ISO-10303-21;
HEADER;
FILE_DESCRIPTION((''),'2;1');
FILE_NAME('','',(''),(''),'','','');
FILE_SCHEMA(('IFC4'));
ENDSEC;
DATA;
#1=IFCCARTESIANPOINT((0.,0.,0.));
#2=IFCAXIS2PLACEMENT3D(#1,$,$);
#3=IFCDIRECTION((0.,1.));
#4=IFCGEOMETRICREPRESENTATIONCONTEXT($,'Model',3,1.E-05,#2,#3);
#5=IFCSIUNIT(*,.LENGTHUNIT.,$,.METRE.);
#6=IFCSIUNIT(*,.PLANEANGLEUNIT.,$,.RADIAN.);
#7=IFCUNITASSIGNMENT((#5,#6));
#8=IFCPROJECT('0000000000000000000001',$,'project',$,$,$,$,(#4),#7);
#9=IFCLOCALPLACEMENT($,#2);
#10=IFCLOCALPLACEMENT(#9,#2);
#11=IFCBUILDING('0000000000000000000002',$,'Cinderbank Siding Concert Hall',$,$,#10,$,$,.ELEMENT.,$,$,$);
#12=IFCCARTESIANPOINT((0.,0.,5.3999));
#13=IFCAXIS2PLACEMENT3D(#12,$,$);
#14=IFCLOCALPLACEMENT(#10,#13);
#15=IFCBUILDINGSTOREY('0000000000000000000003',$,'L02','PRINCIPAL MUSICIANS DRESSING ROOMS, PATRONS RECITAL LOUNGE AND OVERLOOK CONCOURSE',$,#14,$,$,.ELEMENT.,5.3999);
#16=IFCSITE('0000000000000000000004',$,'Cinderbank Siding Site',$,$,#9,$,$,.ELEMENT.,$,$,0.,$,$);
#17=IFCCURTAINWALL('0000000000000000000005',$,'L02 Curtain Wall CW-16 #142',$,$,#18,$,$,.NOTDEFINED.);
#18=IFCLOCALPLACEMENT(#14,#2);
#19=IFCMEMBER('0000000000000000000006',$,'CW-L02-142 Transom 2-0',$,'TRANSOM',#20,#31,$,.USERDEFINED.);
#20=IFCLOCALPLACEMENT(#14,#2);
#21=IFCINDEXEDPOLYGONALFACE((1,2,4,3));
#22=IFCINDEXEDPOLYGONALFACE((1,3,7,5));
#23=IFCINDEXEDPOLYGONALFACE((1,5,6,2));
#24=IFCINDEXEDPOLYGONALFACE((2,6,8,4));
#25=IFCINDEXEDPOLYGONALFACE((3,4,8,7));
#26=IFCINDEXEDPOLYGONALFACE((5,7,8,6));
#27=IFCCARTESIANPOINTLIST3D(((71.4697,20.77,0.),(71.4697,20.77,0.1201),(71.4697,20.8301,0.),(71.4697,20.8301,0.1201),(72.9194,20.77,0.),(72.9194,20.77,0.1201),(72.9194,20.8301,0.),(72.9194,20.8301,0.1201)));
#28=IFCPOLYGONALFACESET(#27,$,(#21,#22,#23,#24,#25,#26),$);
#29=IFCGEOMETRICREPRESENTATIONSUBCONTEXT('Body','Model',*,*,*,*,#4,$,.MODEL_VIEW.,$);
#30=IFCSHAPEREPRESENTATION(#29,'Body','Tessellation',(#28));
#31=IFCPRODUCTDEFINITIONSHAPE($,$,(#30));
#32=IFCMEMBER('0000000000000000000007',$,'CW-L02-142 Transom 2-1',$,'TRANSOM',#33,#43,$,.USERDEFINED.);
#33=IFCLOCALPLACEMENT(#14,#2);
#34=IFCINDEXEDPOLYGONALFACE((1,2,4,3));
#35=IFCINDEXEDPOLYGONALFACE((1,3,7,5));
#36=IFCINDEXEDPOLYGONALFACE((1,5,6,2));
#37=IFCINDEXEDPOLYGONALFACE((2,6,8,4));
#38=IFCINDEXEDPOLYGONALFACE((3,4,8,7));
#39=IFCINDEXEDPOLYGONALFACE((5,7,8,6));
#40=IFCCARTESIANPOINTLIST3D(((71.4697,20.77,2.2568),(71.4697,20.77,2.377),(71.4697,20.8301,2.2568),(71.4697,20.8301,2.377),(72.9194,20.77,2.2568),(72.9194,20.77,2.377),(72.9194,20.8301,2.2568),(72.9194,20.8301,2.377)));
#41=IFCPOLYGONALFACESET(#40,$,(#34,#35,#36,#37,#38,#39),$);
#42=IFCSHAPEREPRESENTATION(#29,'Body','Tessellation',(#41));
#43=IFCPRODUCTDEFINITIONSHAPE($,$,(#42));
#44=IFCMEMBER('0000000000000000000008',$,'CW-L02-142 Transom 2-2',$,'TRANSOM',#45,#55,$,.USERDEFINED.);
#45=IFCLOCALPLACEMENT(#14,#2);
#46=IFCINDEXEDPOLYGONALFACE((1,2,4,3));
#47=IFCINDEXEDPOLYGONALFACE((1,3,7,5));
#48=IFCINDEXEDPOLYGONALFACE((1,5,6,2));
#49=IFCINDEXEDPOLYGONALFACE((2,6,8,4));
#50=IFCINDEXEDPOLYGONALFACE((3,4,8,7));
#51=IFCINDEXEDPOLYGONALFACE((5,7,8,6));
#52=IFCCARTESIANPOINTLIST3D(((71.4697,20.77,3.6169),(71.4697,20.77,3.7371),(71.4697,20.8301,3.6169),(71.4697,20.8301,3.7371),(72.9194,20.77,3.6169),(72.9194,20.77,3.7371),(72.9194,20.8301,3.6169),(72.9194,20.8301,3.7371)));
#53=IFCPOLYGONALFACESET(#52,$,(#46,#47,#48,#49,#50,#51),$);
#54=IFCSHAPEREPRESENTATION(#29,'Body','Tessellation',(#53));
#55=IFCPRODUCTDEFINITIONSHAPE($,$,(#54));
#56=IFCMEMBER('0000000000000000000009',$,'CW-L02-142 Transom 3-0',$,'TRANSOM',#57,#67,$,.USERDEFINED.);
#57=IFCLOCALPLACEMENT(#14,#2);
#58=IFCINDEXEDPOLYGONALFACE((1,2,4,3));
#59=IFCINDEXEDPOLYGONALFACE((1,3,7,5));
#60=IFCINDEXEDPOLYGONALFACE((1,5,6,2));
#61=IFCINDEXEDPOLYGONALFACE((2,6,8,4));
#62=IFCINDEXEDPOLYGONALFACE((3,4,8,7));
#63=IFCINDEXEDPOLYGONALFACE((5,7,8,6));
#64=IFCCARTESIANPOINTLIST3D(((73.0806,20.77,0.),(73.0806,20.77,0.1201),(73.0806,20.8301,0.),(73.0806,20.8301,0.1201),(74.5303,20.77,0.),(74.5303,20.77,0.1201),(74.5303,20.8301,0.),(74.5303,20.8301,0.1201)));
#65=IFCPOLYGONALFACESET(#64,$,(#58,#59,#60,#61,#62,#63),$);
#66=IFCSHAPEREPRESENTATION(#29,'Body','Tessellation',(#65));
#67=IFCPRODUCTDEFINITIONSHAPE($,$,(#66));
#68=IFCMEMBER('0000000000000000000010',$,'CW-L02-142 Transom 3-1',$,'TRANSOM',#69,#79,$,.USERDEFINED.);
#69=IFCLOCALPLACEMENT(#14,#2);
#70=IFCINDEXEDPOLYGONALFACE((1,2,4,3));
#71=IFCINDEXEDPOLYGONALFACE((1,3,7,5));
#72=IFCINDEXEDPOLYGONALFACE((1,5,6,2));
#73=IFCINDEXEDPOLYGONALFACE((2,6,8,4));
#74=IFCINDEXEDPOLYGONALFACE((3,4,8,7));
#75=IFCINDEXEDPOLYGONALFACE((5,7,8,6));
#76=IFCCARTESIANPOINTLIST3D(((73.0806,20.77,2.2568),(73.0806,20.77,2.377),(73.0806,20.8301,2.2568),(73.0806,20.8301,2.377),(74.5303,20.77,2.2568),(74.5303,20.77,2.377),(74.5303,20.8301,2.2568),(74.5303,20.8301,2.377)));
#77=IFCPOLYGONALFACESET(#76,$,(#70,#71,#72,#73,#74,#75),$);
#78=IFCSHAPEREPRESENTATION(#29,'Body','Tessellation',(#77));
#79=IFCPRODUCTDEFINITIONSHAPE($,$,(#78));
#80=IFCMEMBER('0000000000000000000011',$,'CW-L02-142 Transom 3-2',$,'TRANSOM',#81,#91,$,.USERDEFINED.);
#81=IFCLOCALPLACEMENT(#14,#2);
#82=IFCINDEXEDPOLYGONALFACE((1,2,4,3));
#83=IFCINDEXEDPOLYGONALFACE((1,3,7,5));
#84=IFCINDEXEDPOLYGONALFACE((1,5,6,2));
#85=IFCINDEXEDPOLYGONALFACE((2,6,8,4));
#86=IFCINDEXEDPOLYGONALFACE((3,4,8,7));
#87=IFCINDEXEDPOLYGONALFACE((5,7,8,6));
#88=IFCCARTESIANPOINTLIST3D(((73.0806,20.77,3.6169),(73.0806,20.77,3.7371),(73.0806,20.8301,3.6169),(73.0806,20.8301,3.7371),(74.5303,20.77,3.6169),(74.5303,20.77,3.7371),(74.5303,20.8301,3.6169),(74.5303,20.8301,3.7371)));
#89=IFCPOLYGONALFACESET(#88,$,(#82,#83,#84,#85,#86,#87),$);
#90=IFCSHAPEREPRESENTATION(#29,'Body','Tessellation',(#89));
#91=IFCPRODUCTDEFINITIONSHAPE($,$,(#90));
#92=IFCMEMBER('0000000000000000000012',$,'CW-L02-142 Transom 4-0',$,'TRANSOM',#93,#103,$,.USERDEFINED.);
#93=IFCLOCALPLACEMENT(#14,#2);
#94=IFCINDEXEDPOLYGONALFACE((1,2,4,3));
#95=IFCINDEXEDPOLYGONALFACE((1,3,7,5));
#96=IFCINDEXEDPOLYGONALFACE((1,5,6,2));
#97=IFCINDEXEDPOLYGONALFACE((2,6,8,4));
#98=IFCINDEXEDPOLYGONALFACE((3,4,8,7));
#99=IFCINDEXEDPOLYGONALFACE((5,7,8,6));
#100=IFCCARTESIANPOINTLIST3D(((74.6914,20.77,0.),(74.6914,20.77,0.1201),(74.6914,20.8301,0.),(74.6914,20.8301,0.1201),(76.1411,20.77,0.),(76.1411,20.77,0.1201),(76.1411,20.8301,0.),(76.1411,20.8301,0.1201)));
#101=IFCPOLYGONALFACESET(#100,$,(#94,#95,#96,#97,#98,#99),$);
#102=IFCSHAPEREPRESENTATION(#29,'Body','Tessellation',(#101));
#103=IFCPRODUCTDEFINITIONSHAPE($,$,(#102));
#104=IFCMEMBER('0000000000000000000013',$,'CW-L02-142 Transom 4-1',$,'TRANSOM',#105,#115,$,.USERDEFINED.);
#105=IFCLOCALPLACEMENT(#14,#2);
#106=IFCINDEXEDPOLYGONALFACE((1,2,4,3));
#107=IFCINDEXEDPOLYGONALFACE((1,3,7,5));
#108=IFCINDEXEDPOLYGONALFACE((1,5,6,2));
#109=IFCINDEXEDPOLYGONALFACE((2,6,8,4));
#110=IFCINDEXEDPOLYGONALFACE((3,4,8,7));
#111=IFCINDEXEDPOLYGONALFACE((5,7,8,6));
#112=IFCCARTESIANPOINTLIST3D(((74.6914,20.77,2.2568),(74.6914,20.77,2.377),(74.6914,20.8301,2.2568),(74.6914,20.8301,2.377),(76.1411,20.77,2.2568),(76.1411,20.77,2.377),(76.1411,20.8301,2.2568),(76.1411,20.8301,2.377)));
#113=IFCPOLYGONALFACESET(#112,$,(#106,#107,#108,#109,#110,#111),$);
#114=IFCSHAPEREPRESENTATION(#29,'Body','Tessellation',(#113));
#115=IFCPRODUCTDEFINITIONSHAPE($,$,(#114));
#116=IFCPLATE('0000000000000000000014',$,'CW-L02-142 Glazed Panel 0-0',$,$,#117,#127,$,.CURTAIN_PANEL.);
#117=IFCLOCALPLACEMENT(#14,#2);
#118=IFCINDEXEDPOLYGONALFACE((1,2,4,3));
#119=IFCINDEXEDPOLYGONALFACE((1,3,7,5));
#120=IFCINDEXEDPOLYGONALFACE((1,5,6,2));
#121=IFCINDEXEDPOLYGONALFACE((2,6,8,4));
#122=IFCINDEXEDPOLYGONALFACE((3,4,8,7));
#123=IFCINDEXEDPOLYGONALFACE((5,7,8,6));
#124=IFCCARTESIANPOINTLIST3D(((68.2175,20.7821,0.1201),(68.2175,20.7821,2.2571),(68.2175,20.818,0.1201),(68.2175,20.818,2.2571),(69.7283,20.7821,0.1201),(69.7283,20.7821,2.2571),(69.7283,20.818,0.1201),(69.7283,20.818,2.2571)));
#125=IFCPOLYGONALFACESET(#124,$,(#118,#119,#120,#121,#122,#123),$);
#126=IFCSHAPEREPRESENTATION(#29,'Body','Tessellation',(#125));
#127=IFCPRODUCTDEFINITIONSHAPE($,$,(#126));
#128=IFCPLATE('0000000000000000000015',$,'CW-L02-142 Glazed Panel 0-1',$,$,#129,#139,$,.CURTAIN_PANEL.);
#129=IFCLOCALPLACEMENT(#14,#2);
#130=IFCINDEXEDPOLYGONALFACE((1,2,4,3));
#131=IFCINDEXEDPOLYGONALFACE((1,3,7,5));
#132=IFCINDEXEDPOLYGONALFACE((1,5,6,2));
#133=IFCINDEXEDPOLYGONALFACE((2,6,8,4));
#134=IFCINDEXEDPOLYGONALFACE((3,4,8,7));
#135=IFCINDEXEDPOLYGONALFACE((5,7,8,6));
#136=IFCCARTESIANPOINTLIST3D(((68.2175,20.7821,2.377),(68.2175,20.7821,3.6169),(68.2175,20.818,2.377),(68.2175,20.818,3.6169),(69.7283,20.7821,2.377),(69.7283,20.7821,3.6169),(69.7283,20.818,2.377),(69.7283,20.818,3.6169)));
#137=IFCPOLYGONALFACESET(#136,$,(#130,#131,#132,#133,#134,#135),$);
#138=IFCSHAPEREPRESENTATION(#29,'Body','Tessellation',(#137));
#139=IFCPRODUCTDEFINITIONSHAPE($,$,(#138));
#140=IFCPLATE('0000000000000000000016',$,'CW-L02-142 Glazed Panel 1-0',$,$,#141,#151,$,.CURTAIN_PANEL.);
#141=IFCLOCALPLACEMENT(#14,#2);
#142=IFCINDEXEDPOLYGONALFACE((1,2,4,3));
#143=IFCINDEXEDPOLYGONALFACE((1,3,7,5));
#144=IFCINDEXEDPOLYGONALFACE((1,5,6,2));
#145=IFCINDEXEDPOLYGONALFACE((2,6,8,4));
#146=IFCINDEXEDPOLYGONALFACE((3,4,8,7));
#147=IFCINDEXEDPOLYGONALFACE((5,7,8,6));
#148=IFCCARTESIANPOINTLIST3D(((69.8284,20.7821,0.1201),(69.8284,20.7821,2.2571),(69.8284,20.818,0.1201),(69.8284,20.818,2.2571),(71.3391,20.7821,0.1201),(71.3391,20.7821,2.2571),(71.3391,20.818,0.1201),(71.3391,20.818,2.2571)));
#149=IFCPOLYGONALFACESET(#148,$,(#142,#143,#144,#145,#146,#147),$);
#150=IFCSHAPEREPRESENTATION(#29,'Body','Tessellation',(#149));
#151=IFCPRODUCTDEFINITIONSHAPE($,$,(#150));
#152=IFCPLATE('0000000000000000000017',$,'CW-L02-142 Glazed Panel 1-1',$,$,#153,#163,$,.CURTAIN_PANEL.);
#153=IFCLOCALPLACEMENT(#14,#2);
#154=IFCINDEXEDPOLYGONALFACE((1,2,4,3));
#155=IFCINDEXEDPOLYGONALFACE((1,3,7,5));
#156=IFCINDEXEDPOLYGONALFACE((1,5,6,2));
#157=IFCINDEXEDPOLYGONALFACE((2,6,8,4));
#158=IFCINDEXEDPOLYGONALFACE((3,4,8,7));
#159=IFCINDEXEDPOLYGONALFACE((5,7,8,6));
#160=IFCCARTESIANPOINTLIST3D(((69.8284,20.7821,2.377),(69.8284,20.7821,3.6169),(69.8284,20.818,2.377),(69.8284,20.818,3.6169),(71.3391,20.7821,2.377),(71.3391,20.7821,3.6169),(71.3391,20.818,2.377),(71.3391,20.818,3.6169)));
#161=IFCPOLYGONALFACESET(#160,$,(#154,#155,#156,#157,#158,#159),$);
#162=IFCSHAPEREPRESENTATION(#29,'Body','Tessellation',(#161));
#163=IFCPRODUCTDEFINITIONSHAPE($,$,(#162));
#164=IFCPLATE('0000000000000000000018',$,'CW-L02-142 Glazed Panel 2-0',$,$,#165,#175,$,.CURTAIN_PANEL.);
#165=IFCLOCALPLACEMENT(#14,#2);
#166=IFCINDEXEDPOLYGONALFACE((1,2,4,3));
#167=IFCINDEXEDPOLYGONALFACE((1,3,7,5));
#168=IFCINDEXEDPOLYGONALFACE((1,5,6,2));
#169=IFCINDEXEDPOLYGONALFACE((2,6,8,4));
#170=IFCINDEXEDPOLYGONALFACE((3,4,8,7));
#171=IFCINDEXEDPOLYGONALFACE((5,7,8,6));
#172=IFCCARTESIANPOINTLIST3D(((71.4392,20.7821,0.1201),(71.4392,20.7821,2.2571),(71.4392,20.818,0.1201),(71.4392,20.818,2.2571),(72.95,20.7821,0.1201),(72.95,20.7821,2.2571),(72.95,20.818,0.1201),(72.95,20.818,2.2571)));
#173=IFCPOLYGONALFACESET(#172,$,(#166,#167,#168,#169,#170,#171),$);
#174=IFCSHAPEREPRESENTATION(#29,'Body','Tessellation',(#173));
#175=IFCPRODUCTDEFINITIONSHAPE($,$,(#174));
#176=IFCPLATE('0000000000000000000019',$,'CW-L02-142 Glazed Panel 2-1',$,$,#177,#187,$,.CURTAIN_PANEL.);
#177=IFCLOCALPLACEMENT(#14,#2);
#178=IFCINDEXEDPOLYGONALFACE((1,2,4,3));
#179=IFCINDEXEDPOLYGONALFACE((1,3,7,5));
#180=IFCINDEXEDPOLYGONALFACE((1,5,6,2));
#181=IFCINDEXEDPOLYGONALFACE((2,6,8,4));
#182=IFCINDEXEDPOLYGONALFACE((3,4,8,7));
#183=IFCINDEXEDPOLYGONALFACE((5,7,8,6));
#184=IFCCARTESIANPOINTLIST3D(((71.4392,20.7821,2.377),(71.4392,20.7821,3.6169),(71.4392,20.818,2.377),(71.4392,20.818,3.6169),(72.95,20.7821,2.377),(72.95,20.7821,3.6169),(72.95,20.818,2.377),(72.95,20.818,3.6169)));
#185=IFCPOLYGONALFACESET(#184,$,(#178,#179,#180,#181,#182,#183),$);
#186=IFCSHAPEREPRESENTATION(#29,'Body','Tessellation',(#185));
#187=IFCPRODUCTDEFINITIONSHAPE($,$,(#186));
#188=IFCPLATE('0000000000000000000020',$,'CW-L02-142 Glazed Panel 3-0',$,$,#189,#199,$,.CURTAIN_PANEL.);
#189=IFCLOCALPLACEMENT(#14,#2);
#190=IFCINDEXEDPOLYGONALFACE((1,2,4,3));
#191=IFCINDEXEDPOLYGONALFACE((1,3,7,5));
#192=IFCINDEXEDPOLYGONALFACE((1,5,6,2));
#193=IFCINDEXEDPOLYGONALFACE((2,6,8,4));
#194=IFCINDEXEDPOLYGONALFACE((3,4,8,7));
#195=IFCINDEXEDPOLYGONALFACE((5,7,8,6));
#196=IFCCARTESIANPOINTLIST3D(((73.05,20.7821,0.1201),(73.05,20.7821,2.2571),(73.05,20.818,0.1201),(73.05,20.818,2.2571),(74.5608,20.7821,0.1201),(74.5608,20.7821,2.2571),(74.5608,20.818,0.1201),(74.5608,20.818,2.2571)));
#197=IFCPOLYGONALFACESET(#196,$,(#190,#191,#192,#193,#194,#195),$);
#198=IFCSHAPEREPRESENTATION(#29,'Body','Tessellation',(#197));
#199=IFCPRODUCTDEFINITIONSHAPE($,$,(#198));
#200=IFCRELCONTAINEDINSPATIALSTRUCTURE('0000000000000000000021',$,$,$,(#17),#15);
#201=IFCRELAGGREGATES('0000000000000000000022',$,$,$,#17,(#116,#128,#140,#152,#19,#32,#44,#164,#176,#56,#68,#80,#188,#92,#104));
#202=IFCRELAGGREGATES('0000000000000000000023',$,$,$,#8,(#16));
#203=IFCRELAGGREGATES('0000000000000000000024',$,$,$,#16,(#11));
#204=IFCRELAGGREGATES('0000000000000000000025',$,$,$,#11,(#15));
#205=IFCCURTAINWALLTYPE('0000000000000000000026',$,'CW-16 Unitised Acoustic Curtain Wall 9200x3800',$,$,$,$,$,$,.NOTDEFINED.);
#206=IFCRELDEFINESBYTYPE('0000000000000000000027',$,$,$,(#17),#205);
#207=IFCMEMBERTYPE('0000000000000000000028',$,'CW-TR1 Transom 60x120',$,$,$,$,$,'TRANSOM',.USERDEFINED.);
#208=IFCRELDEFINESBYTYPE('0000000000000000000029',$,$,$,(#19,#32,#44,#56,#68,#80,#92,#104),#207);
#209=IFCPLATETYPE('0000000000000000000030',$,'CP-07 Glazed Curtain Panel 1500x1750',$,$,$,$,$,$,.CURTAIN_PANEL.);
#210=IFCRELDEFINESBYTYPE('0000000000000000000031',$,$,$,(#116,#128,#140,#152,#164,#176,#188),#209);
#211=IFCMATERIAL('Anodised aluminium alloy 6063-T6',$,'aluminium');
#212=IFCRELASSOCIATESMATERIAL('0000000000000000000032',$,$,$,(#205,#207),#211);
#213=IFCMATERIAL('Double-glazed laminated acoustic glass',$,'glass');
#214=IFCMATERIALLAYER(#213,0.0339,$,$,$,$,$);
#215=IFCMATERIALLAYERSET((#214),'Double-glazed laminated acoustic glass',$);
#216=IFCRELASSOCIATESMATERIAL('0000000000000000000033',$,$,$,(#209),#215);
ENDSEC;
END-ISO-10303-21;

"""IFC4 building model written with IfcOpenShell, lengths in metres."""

from ifc_helpers import new_model, si_unit, direction, frame, origin, origin_2d, place, context, subcontext, project, spatial, rectangle, extrude, material, layer, layer_set, material_profile, profile_set, type_object, element, aggregate, save


model = new_model("IFC4")

# Units and contexts
model_context = context("Model", 3, precision=1e-05, world=origin(), true_north=direction((0.0, 1.0)))
body_context = subcontext(model_context, "Body", "Model", "MODEL_VIEW")
ifc_project = project(units=[si_unit("LENGTHUNIT", "METRE"), si_unit("PLANEANGLEUNIT", "RADIAN")], contexts=[model_context])

# Site, building, storey
site_placement = place(None, origin())
site = spatial("IfcSite", under=ifc_project, at=site_placement, Name="Cinderbank Siding Site", CompositionType="ELEMENT", RefElevation=0.0)
building_placement = place(site_placement, origin())
building = spatial("IfcBuilding", under=site, at=building_placement, Name="Cinderbank Siding Concert Hall", CompositionType="ELEMENT")
storey_placement = place(building_placement, frame((0.0, 0.0, 5.3999)))
storey = spatial("IfcBuildingStorey", under=building, at=storey_placement, Name="L02", Description="PRINCIPAL MUSICIANS DRESSING ROOMS, PATRONS RECITAL LOUNGE AND OVERLOOK CONCOURSE", CompositionType="ELEMENT", Elevation=5.3999)

# Curtain wall, members, plates
ifc_material_1 = material(Name="Anodised aluminium alloy 6063-T6", Category="aluminium")
curtain_wall_type = type_object("IfcCurtainWallType", Name="CW-16 Unitised Acoustic Curtain Wall 9200x3800", PredefinedType="NOTDEFINED", material=ifc_material_1)
curtain_wall_placement = place(storey_placement, origin())
curtain_wall = element("IfcCurtainWall", 1, at=curtain_wall_placement, inside=storey, type_object=curtain_wall_type, Name="L02 Curtain Wall CW-16 #142", PredefinedType="NOTDEFINED")
ifc_material_profile_1 = material_profile(ifc_material_1, rectangle(XDim=0.0601, YDim=0.1201, at=origin_2d()), Name="ALU-TRAN-60x120", Category="LoadBearing")
ifc_profile_set_1 = profile_set([ifc_material_profile_1], Name="Anodised aluminium alloy 6063-T6")
member_type_1 = type_object("IfcMemberType", Name="CW-TR1 Transom 60x120", ElementType="TRANSOM", PredefinedType="USERDEFINED", material=ifc_profile_set_1)
member_1_placement = place(storey_placement, frame((71.4697, 20.8, 0.0601), z_axis=(1.0, 0.0, 0.0), x_axis=(0.0, 1.0, 0.0)))
member_1 = element("IfcMember", 2, at=member_1_placement, type_object=member_type_1, Name="CW-L02-142 Transom 2-0", ObjectType="TRANSOM", PredefinedType="USERDEFINED", context=body_context, shape_type="SweptSolid", body=[
    extrude(rectangle(XDim=0.0601, YDim=0.1201, at=origin_2d()), origin(), (0.0, 0.0, 1.0), 1.4497),
])
member_2_placement = place(storey_placement, frame((71.4697, 20.8, 2.3169), z_axis=(1.0, 0.0, 0.0), x_axis=(0.0, 1.0, 0.0)))
member_2 = element("IfcMember", 3, at=member_2_placement, type_object=member_type_1, Name="CW-L02-142 Transom 2-1", ObjectType="TRANSOM", PredefinedType="USERDEFINED", context=body_context, shape_type="SweptSolid", body=[
    extrude(rectangle(XDim=0.0601, YDim=0.1201, at=origin_2d()), origin(), (0.0, 0.0, 1.0), 1.4497),
])
member_3_placement = place(storey_placement, frame((71.4697, 20.8, 3.677), z_axis=(1.0, 0.0, 0.0), x_axis=(0.0, 1.0, 0.0)))
member_3 = element("IfcMember", 4, at=member_3_placement, type_object=member_type_1, Name="CW-L02-142 Transom 2-2", ObjectType="TRANSOM", PredefinedType="USERDEFINED", context=body_context, shape_type="SweptSolid", body=[
    extrude(rectangle(XDim=0.0601, YDim=0.1201, at=origin_2d()), origin(), (0.0, 0.0, 1.0), 1.4497),
])
member_4_placement = place(storey_placement, frame((73.0806, 20.8, 0.0601), z_axis=(1.0, 0.0, 0.0), x_axis=(0.0, 1.0, 0.0)))
member_4 = element("IfcMember", 5, at=member_4_placement, type_object=member_type_1, Name="CW-L02-142 Transom 3-0", ObjectType="TRANSOM", PredefinedType="USERDEFINED", context=body_context, shape_type="SweptSolid", body=[
    extrude(rectangle(XDim=0.0601, YDim=0.1201, at=origin_2d()), origin(), (0.0, 0.0, 1.0), 1.4497),
])
member_5_placement = place(storey_placement, frame((73.0806, 20.8, 2.3169), z_axis=(1.0, 0.0, 0.0), x_axis=(0.0, 1.0, 0.0)))
member_5 = element("IfcMember", 6, at=member_5_placement, type_object=member_type_1, Name="CW-L02-142 Transom 3-1", ObjectType="TRANSOM", PredefinedType="USERDEFINED", context=body_context, shape_type="SweptSolid", body=[
    extrude(rectangle(XDim=0.0601, YDim=0.1201, at=origin_2d()), origin(), (0.0, 0.0, 1.0), 1.4497),
])
member_6_placement = place(storey_placement, frame((73.0806, 20.8, 3.677), z_axis=(1.0, 0.0, 0.0), x_axis=(0.0, 1.0, 0.0)))
member_6 = element("IfcMember", 7, at=member_6_placement, type_object=member_type_1, Name="CW-L02-142 Transom 3-2", ObjectType="TRANSOM", PredefinedType="USERDEFINED", context=body_context, shape_type="SweptSolid", body=[
    extrude(rectangle(XDim=0.0601, YDim=0.1201, at=origin_2d()), origin(), (0.0, 0.0, 1.0), 1.4497),
])
member_7_placement = place(storey_placement, frame((74.6914, 20.8, 0.0601), z_axis=(1.0, 0.0, 0.0), x_axis=(0.0, 1.0, 0.0)))
member_7 = element("IfcMember", 8, at=member_7_placement, type_object=member_type_1, Name="CW-L02-142 Transom 4-0", ObjectType="TRANSOM", PredefinedType="USERDEFINED", context=body_context, shape_type="SweptSolid", body=[
    extrude(rectangle(XDim=0.0601, YDim=0.1201, at=origin_2d()), origin(), (0.0, 0.0, 1.0), 1.4497),
])
member_8_placement = place(storey_placement, frame((74.6914, 20.8, 2.3169), z_axis=(1.0, 0.0, 0.0), x_axis=(0.0, 1.0, 0.0)))
member_8 = element("IfcMember", 9, at=member_8_placement, type_object=member_type_1, Name="CW-L02-142 Transom 4-1", ObjectType="TRANSOM", PredefinedType="USERDEFINED", context=body_context, shape_type="SweptSolid", body=[
    extrude(rectangle(XDim=0.0601, YDim=0.1201, at=origin_2d()), origin(), (0.0, 0.0, 1.0), 1.4497),
])
ifc_material_2 = material(Name="Double-glazed laminated acoustic glass", Category="glass")
ifc_layer_1 = layer(ifc_material_2, 0.0339)
ifc_layer_set_1 = layer_set([ifc_layer_1], Name="Double-glazed laminated acoustic glass")
plate_type = type_object("IfcPlateType", Name="CP-07 Glazed Curtain Panel 1500x1750", PredefinedType="CURTAIN_PANEL", material=ifc_layer_set_1)
plate_1_placement = place(storey_placement, frame((68.9729, 20.8, 0.1201), z_axis=(0.0, 0.0, 1.0), x_axis=(1.0, 0.0, 0.0)))
plate_1 = element("IfcPlate", 10, at=plate_1_placement, type_object=plate_type, Name="CW-L02-142 Glazed Panel 0-0", PredefinedType="CURTAIN_PANEL", context=body_context, shape_type="SweptSolid", body=[
    extrude(rectangle(XDim=1.5107, YDim=0.0359, at=origin_2d()), origin(), (0.0, 0.0, 1.0), 2.137),
])
plate_2_placement = place(storey_placement, frame((68.9729, 20.8, 2.377), z_axis=(0.0, 0.0, 1.0), x_axis=(1.0, 0.0, 0.0)))
plate_2 = element("IfcPlate", 11, at=plate_2_placement, type_object=plate_type, Name="CW-L02-142 Glazed Panel 0-1", PredefinedType="CURTAIN_PANEL", context=body_context, shape_type="SweptSolid", body=[
    extrude(rectangle(XDim=1.5107, YDim=0.0359, at=origin_2d()), origin(), (0.0, 0.0, 1.0), 1.24),
])
plate_3_placement = place(storey_placement, frame((70.5837, 20.8, 0.1201), z_axis=(0.0, 0.0, 1.0), x_axis=(1.0, 0.0, 0.0)))
plate_3 = element("IfcPlate", 12, at=plate_3_placement, type_object=plate_type, Name="CW-L02-142 Glazed Panel 1-0", PredefinedType="CURTAIN_PANEL", context=body_context, shape_type="SweptSolid", body=[
    extrude(rectangle(XDim=1.5107, YDim=0.0359, at=origin_2d()), origin(), (0.0, 0.0, 1.0), 2.137),
])
plate_4_placement = place(storey_placement, frame((70.5837, 20.8, 2.377), z_axis=(0.0, 0.0, 1.0), x_axis=(1.0, 0.0, 0.0)))
plate_4 = element("IfcPlate", 13, at=plate_4_placement, type_object=plate_type, Name="CW-L02-142 Glazed Panel 1-1", PredefinedType="CURTAIN_PANEL", context=body_context, shape_type="SweptSolid", body=[
    extrude(rectangle(XDim=1.5107, YDim=0.0359, at=origin_2d()), origin(), (0.0, 0.0, 1.0), 1.24),
])
plate_5_placement = place(storey_placement, frame((72.1946, 20.8, 0.1201), z_axis=(0.0, 0.0, 1.0), x_axis=(1.0, 0.0, 0.0)))
plate_5 = element("IfcPlate", 14, at=plate_5_placement, type_object=plate_type, Name="CW-L02-142 Glazed Panel 2-0", PredefinedType="CURTAIN_PANEL", context=body_context, shape_type="SweptSolid", body=[
    extrude(rectangle(XDim=1.5107, YDim=0.0359, at=origin_2d()), origin(), (0.0, 0.0, 1.0), 2.137),
])
plate_6_placement = place(storey_placement, frame((72.1946, 20.8, 2.377), z_axis=(0.0, 0.0, 1.0), x_axis=(1.0, 0.0, 0.0)))
plate_6 = element("IfcPlate", 15, at=plate_6_placement, type_object=plate_type, Name="CW-L02-142 Glazed Panel 2-1", PredefinedType="CURTAIN_PANEL", context=body_context, shape_type="SweptSolid", body=[
    extrude(rectangle(XDim=1.5107, YDim=0.0359, at=origin_2d()), origin(), (0.0, 0.0, 1.0), 1.24),
])
plate_7_placement = place(storey_placement, frame((73.8054, 20.8, 0.1201), z_axis=(0.0, 0.0, 1.0), x_axis=(1.0, 0.0, 0.0)))
plate_7 = element("IfcPlate", 16, at=plate_7_placement, type_object=plate_type, Name="CW-L02-142 Glazed Panel 3-0", PredefinedType="CURTAIN_PANEL", context=body_context, shape_type="SweptSolid", body=[
    extrude(rectangle(XDim=1.5107, YDim=0.0359, at=origin_2d()), origin(), (0.0, 0.0, 1.0), 2.137),
])
aggregate(curtain_wall, [plate_1, plate_2, plate_3, plate_4, member_1, member_2, member_3, plate_5, plate_6, member_4, member_5, member_6, plate_7, member_7, member_8])

save(model, "model.ifc")
